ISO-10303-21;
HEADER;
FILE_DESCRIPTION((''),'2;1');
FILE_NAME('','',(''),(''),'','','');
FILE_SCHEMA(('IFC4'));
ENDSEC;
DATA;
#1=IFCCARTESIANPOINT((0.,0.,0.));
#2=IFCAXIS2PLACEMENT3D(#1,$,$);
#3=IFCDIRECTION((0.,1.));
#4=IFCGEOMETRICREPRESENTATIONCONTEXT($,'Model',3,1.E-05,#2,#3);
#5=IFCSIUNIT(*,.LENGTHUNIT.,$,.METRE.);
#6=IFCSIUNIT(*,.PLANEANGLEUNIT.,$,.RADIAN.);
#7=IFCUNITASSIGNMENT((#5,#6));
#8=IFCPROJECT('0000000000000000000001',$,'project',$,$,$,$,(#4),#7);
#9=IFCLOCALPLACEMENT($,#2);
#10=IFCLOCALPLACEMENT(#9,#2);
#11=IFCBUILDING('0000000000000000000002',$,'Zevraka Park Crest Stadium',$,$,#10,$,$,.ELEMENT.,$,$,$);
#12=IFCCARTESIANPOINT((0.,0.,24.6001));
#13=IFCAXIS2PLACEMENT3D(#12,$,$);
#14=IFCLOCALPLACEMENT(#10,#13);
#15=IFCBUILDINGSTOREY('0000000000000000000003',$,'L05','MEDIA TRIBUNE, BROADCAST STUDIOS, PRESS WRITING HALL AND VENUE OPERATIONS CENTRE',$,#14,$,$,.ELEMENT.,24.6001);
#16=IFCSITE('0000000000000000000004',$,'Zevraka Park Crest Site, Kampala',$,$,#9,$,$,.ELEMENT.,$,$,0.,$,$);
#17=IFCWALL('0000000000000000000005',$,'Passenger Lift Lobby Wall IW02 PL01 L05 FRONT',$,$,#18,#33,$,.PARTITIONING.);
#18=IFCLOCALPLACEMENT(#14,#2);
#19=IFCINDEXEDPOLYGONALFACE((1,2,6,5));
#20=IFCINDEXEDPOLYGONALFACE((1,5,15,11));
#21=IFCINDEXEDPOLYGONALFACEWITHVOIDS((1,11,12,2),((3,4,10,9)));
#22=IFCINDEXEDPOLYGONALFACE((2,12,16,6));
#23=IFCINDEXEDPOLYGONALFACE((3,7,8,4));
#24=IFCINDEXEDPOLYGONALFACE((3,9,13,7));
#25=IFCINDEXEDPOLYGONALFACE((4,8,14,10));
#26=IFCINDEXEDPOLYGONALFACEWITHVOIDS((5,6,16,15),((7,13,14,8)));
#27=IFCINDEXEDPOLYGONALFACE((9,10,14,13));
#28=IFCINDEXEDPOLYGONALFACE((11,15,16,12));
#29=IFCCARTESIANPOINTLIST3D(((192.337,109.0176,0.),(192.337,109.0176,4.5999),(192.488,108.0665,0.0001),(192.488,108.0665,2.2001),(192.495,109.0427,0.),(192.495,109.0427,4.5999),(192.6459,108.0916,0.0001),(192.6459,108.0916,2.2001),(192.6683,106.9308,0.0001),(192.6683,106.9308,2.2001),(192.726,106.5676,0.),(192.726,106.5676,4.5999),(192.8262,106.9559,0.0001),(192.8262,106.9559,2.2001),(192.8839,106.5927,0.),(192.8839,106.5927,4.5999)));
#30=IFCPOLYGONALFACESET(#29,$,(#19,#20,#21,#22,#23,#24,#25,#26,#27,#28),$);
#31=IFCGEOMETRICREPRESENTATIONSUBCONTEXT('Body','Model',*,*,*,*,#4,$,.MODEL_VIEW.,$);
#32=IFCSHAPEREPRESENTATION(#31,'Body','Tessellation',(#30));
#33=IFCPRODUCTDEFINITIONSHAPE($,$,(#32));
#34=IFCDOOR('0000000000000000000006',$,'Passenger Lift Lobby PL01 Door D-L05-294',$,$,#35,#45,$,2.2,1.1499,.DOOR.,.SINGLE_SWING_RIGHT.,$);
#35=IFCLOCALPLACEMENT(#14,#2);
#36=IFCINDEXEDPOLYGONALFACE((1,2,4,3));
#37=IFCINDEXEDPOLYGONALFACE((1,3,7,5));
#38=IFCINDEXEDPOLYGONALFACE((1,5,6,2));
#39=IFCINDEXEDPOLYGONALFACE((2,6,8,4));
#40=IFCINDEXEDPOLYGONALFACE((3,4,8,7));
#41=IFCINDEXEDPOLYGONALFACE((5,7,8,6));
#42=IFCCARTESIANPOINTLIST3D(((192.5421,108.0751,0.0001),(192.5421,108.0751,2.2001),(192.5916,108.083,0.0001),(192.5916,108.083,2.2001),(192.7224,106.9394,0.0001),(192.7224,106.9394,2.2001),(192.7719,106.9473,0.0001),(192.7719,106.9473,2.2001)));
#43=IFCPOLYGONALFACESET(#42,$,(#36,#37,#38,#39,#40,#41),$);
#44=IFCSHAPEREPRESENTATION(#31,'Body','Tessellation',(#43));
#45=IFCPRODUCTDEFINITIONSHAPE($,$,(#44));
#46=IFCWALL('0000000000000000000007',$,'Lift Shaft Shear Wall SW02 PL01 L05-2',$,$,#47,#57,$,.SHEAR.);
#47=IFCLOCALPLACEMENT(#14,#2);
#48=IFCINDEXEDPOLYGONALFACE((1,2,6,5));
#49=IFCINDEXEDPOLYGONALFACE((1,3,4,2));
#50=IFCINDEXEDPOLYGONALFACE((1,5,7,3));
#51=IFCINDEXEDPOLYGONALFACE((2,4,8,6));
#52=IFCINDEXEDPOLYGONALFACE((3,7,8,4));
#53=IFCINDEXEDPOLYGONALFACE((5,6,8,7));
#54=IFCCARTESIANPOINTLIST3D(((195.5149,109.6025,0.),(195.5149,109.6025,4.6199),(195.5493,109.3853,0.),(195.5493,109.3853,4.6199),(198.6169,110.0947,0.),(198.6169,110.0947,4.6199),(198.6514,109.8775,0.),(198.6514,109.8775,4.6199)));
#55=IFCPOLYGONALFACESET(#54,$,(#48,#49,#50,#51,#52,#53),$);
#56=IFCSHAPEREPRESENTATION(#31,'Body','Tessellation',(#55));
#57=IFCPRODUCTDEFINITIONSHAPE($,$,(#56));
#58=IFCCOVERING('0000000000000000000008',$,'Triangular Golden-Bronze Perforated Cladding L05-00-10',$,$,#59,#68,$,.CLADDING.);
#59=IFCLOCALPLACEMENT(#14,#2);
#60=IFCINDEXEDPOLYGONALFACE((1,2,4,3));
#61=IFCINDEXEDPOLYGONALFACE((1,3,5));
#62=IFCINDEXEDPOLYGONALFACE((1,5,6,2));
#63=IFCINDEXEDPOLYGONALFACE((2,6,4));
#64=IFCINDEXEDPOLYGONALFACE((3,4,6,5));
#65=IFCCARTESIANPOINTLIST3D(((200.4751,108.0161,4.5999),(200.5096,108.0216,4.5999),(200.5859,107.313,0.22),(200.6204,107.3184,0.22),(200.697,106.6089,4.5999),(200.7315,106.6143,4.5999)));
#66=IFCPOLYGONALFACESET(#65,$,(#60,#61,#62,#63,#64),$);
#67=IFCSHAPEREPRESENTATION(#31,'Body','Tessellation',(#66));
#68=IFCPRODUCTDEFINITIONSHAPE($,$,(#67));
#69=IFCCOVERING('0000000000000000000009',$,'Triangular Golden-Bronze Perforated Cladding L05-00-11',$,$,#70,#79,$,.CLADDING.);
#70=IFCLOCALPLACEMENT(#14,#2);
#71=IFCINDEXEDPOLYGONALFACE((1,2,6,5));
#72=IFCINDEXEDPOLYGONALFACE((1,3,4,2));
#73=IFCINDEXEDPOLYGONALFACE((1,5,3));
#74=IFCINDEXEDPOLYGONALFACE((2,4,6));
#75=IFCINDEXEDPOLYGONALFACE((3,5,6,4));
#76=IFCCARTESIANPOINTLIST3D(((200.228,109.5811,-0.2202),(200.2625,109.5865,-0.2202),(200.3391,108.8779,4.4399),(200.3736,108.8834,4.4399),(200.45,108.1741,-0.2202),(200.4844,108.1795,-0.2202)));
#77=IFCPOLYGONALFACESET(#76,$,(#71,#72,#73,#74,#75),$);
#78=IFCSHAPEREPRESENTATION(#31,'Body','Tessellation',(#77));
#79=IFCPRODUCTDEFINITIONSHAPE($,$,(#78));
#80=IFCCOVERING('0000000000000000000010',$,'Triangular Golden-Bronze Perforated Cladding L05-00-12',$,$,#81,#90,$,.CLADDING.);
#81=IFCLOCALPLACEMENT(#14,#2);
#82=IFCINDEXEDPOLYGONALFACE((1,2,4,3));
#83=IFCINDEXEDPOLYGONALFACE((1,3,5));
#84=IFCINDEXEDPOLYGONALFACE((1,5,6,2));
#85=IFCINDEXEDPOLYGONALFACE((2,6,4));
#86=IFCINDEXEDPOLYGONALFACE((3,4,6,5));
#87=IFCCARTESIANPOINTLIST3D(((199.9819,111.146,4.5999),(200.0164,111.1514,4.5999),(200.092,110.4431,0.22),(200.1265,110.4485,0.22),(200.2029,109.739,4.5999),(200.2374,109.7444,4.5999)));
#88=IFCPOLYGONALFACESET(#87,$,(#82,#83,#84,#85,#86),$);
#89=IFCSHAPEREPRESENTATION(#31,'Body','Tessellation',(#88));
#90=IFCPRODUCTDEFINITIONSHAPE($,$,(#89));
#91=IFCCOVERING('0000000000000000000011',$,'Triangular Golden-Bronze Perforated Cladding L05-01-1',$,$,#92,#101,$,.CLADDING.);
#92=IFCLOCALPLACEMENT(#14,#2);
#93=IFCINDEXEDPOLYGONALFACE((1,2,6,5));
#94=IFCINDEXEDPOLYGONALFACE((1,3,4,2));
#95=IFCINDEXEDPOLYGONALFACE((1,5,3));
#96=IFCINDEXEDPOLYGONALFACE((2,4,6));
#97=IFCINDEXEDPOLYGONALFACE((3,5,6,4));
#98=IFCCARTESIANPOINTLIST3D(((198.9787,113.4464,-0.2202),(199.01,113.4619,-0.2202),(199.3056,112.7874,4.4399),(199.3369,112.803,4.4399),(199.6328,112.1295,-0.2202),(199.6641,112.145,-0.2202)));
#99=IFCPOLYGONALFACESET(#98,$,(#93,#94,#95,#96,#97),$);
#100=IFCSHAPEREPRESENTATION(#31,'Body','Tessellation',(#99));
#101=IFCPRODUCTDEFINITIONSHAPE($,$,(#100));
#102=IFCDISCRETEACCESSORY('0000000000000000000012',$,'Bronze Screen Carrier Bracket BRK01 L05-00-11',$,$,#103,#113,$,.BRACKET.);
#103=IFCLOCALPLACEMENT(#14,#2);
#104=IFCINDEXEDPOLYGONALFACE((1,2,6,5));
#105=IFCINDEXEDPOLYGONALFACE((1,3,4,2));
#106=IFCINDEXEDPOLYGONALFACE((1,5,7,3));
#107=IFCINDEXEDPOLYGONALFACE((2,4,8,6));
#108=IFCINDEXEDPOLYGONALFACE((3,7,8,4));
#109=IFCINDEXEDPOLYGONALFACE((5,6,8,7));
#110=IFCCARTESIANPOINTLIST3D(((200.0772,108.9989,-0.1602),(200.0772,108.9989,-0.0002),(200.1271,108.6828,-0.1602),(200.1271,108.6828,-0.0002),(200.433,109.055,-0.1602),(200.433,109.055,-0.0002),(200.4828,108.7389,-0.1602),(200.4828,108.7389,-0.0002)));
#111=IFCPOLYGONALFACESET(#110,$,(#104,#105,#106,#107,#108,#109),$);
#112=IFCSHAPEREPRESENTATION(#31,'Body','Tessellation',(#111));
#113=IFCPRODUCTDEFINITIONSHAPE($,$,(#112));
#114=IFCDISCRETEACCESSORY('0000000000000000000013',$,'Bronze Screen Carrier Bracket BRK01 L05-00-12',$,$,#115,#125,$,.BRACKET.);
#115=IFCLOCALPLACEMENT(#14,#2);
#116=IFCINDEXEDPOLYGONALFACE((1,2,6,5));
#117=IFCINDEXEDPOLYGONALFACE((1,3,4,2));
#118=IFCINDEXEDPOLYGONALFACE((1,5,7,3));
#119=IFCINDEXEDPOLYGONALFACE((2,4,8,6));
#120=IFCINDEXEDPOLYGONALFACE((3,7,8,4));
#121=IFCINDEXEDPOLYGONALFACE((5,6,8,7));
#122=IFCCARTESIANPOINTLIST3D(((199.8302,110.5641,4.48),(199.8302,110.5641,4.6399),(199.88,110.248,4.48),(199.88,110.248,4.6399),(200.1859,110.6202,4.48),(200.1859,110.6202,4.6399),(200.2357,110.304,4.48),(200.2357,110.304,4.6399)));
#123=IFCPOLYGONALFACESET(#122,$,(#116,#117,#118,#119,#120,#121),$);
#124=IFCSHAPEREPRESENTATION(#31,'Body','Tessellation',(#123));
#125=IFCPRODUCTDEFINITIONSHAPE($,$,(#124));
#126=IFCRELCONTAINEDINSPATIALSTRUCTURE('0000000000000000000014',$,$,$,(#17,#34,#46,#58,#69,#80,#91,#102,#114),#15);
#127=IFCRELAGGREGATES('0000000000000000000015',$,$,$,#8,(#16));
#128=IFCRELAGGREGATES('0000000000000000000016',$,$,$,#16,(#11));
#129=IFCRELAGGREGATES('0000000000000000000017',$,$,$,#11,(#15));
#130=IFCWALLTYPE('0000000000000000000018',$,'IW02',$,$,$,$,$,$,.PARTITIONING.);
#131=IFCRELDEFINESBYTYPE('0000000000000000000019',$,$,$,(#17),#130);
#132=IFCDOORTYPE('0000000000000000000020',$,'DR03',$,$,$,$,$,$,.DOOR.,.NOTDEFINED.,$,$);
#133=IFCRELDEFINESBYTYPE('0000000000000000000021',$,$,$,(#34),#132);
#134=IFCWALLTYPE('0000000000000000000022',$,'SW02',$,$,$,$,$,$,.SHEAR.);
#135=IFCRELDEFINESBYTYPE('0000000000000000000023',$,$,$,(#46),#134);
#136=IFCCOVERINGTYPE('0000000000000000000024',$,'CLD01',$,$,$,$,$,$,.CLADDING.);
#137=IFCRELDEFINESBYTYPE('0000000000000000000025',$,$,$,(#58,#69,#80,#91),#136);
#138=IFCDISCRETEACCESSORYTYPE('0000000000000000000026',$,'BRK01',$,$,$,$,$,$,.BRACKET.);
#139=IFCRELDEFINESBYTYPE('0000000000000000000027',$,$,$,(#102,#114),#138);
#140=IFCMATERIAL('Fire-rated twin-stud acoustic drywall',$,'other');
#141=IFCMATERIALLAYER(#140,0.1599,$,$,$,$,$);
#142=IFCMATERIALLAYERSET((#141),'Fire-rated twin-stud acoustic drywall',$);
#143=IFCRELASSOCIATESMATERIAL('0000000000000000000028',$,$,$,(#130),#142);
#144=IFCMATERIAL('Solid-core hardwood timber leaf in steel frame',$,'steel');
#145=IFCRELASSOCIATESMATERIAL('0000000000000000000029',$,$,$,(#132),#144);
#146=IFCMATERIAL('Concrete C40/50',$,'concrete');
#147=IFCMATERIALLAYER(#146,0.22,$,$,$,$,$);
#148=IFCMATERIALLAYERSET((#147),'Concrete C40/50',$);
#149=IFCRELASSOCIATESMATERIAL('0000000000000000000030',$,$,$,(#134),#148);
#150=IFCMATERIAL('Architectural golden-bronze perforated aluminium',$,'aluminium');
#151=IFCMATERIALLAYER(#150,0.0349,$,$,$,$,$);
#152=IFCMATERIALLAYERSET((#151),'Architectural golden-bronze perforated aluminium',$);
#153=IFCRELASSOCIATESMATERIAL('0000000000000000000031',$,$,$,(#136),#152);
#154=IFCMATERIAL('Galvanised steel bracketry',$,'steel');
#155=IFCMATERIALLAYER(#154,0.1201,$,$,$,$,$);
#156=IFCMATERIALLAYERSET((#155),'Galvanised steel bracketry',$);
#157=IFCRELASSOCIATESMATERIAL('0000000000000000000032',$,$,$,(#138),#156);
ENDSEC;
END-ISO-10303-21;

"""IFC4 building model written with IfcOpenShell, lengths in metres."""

from ifc_helpers import new_model, si_unit, direction, frame, frame_2d, origin, origin_2d, place, context, subcontext, project, spatial, polyline, rectangle, outline, extrude, material, layer, layer_set, type_object, element, fill, save


model = new_model("IFC4")

# Units and contexts
model_context = context("Model", 3, precision=1e-05, world=origin(), true_north=direction((0.0, 1.0)))
body_context = subcontext(model_context, "Body", "Model", "MODEL_VIEW")
ifc_project = project(units=[si_unit("LENGTHUNIT", "METRE"), si_unit("PLANEANGLEUNIT", "RADIAN")], contexts=[model_context])

# Site, building, storey
site_placement = place(None, origin())
site = spatial("IfcSite", under=ifc_project, at=site_placement, Name="Zevraka Park Crest Site, Kampala", CompositionType="ELEMENT", RefElevation=0.0)
building_placement = place(site_placement, origin())
building = spatial("IfcBuilding", under=site, at=building_placement, Name="Zevraka Park Crest Stadium", CompositionType="ELEMENT")
storey_placement = place(building_placement, frame((0.0, 0.0, 24.6001)))
storey = spatial("IfcBuildingStorey", under=building, at=storey_placement, Name="L05", Description="MEDIA TRIBUNE, BROADCAST STUDIOS, PRESS WRITING HALL AND VENUE OPERATIONS CENTRE", CompositionType="ELEMENT", Elevation=24.6001)

# Shared definitions
ifc_material_1 = material(Name="Fire-rated twin-stud acoustic drywall", Category="other")
ifc_layer_1 = layer(ifc_material_1, 0.1599)
ifc_layer_set_1 = layer_set([ifc_layer_1], Name="Fire-rated twin-stud acoustic drywall")
wall_type_1 = type_object("IfcWallType", Name="IW02", PredefinedType="PARTITIONING", material=ifc_layer_set_1)

# Wall, opening, door
wall_1_placement = place(storey_placement, frame((192.416, 109.03, 0.0), z_axis=(0.0, 0.0, 1.0), x_axis=(0.156781, -0.987633, 0.0)))
wall_1 = element("IfcWall", 1, at=wall_1_placement, inside=storey, type_object=wall_type_1, Name="Passenger Lift Lobby Wall IW02 PL01 L05 FRONT", PredefinedType="PARTITIONING", context=body_context, shape_type="SweptSolid", body=[
    extrude(rectangle(XDim=2.4807, YDim=0.1599, at=frame_2d((1.2402, 0.0))), origin(), (0.0, 0.0, 1.0), 4.5999),
])
opening_1_placement = place(wall_1_placement, frame((0.9629, 0.0, 0.0)))
opening_1 = element("IfcOpeningElement", 2, at=opening_1_placement, cuts=wall_1, PredefinedType="OPENING", context=body_context, shape_type="SweptSolid", body=[
    extrude(rectangle(XDim=1.1499, YDim=2.2, at=frame_2d((0.575, 1.1001))), frame((0.0, 0.0898, 0.0), z_axis=(0.0, -1.0, 0.0), x_axis=(1.0, 0.0, 0.0)), (0.0, 0.0, 1.0), 0.1799),
])
ifc_material_2 = material(Name="Solid-core hardwood timber leaf in steel frame", Category="steel")
door_type_1 = type_object("IfcDoorType", Name="DR03", OperationType="NOTDEFINED", PredefinedType="DOOR", material=ifc_material_2)
door_1_placement = place(opening_1_placement, origin())
door_1 = element("IfcDoor", 3, at=door_1_placement, inside=storey, type_object=door_type_1, Name="Passenger Lift Lobby PL01 Door D-L05-294", OperationType="SINGLE_SWING_RIGHT", OverallHeight=2.2, OverallWidth=1.1499, PredefinedType="DOOR", context=body_context, shape_type="SweptSolid", body=[
    extrude(rectangle(XDim=1.1499, YDim=2.2, at=frame_2d((0.575, 1.1001))), frame((0.0, 0.0249, 0.0), z_axis=(0.0, -1.0, 0.0), x_axis=(1.0, 0.0, 0.0)), (0.0, 0.0, 1.0), 0.05),
])
fill(opening_1, door_1)

# Wall
ifc_material_3 = material(Name="Concrete C40/50", Category="concrete")
ifc_layer_2 = layer(ifc_material_3, 0.22)
ifc_layer_set_2 = layer_set([ifc_layer_2], Name="Concrete C40/50")
wall_type_2 = type_object("IfcWallType", Name="SW02", PredefinedType="SHEAR", material=ifc_layer_set_2)
wall_2_placement = place(storey_placement, frame((198.634, 109.9861, 0.0), z_axis=(0.0, 0.0, 1.0), x_axis=(-0.987645, -0.156705, 0.0)))
element("IfcWall", 4, at=wall_2_placement, inside=storey, type_object=wall_type_2, Name="Lift Shaft Shear Wall SW02 PL01 L05-2", PredefinedType="SHEAR", context=body_context, shape_type="SweptSolid", body=[
    extrude(rectangle(XDim=3.1409, YDim=0.22, at=frame_2d((1.5703, 0.0))), origin(), (0.0, 0.0, 1.0), 4.6199),
])

# Coverings
ifc_material_4 = material(Name="Architectural golden-bronze perforated aluminium", Category="aluminium")
ifc_layer_3 = layer(ifc_material_4, 0.0349)
ifc_layer_set_3 = layer_set([ifc_layer_3], Name="Architectural golden-bronze perforated aluminium")
covering_type = type_object("IfcCoveringType", Name="CLD01", PredefinedType="CLADDING", material=ifc_layer_set_3)
covering_1_placement = place(storey_placement, frame((200.4751, 108.0161, 4.5999), z_axis=(-0.987792, -0.155778, 0.00001), x_axis=(0.155778, -0.987792, 0.0)))
element("IfcCovering", 5, at=covering_1_placement, inside=storey, type_object=covering_type, Name="Triangular Golden-Bronze Perforated Cladding L05-00-10", PredefinedType="CLADDING", context=body_context, shape_type="SweptSolid", body=[
    extrude(outline(polyline([(0.0, 0.0), (1.4246, 0.0), (0.7118, -4.3799), (0.0, 0.0)])), origin(), (0.0, 0.0, -1.0), 0.0349),
])
covering_2_placement = place(storey_placement, frame((200.45, 108.1741, -0.2202), z_axis=(-0.987788, -0.155804, 0.000038), x_axis=(-0.155804, 0.987788, 0.0)))
element("IfcCovering", 6, at=covering_2_placement, inside=storey, type_object=covering_type, Name="Triangular Golden-Bronze Perforated Cladding L05-00-11", PredefinedType="CLADDING", context=body_context, shape_type="SweptSolid", body=[
    extrude(outline(polyline([(0.0, 0.0), (1.4244, 0.0), (0.7125, -4.6602), (0.0, 0.0)])), origin(), (0.0, 0.0, -1.0), 0.0349),
])
covering_3_placement = place(storey_placement, frame((199.9819, 111.146, 4.5999), z_axis=(-0.987893, -0.155135, 0.000061), x_axis=(0.155135, -0.987893, 0.0)))
element("IfcCovering", 7, at=covering_3_placement, inside=storey, type_object=covering_type, Name="Triangular Golden-Bronze Perforated Cladding L05-00-12", PredefinedType="CLADDING", context=body_context, shape_type="SweptSolid", body=[
    extrude(outline(polyline([(0.0, 0.0), (1.4242, 0.0), (0.7115, -4.3799), (0.0, 0.0)])), origin(), (0.0, 0.0, -1.0), 0.0349),
])
covering_4_placement = place(storey_placement, frame((199.6641, 112.145, -0.2202), z_axis=(0.895619, 0.444821, 0.00007), x_axis=(-0.444821, 0.895619, 0.0)))
element("IfcCovering", 8, at=covering_4_placement, inside=storey, type_object=covering_type, Name="Triangular Golden-Bronze Perforated Cladding L05-01-1", PredefinedType="CLADDING", context=body_context, shape_type="SweptSolid", body=[
    extrude(outline(polyline([(0.0, 0.0), (1.4704, 0.0), (0.7348, 4.6602), (0.0, 0.0)])), origin(), (0.0, 0.0, -1.0), 0.0349),
])

# Discrete accessories
ifc_material_5 = material(Name="Galvanised steel bracketry", Category="steel")
ifc_layer_4 = layer(ifc_material_5, 0.1201)
ifc_layer_set_4 = layer_set([ifc_layer_4], Name="Galvanised steel bracketry")
discrete_accessory_type = type_object("IfcDiscreteAccessoryType", Name="BRK01", PredefinedType="BRACKET", material=ifc_layer_set_4)
for number, where, z_axis, x_axis, name in (
    (9, (200.28, 108.8689, -0.1602), (0.0, 0.0, 1.0), (-0.155745, 0.987797, 0.0), "Bronze Screen Carrier Bracket BRK01 L05-00-11"),
    (10, (200.033, 110.4341, 4.48), (0.0, 0.0, 1.0), (-0.155745, 0.987797, 0.0), "Bronze Screen Carrier Bracket BRK01 L05-00-12"),
):
    element("IfcDiscreteAccessory", number, at=place(storey_placement, frame(where, z_axis=z_axis, x_axis=x_axis)), inside=storey, type_object=discrete_accessory_type, Name=name, PredefinedType="BRACKET", context=body_context, shape_type="SweptSolid", body=[
        extrude(rectangle(XDim=0.3201, YDim=0.3601, at=origin_2d()), origin(), (0.0, 0.0, 1.0), 0.1599),
    ])

save(model, "model.ifc")
